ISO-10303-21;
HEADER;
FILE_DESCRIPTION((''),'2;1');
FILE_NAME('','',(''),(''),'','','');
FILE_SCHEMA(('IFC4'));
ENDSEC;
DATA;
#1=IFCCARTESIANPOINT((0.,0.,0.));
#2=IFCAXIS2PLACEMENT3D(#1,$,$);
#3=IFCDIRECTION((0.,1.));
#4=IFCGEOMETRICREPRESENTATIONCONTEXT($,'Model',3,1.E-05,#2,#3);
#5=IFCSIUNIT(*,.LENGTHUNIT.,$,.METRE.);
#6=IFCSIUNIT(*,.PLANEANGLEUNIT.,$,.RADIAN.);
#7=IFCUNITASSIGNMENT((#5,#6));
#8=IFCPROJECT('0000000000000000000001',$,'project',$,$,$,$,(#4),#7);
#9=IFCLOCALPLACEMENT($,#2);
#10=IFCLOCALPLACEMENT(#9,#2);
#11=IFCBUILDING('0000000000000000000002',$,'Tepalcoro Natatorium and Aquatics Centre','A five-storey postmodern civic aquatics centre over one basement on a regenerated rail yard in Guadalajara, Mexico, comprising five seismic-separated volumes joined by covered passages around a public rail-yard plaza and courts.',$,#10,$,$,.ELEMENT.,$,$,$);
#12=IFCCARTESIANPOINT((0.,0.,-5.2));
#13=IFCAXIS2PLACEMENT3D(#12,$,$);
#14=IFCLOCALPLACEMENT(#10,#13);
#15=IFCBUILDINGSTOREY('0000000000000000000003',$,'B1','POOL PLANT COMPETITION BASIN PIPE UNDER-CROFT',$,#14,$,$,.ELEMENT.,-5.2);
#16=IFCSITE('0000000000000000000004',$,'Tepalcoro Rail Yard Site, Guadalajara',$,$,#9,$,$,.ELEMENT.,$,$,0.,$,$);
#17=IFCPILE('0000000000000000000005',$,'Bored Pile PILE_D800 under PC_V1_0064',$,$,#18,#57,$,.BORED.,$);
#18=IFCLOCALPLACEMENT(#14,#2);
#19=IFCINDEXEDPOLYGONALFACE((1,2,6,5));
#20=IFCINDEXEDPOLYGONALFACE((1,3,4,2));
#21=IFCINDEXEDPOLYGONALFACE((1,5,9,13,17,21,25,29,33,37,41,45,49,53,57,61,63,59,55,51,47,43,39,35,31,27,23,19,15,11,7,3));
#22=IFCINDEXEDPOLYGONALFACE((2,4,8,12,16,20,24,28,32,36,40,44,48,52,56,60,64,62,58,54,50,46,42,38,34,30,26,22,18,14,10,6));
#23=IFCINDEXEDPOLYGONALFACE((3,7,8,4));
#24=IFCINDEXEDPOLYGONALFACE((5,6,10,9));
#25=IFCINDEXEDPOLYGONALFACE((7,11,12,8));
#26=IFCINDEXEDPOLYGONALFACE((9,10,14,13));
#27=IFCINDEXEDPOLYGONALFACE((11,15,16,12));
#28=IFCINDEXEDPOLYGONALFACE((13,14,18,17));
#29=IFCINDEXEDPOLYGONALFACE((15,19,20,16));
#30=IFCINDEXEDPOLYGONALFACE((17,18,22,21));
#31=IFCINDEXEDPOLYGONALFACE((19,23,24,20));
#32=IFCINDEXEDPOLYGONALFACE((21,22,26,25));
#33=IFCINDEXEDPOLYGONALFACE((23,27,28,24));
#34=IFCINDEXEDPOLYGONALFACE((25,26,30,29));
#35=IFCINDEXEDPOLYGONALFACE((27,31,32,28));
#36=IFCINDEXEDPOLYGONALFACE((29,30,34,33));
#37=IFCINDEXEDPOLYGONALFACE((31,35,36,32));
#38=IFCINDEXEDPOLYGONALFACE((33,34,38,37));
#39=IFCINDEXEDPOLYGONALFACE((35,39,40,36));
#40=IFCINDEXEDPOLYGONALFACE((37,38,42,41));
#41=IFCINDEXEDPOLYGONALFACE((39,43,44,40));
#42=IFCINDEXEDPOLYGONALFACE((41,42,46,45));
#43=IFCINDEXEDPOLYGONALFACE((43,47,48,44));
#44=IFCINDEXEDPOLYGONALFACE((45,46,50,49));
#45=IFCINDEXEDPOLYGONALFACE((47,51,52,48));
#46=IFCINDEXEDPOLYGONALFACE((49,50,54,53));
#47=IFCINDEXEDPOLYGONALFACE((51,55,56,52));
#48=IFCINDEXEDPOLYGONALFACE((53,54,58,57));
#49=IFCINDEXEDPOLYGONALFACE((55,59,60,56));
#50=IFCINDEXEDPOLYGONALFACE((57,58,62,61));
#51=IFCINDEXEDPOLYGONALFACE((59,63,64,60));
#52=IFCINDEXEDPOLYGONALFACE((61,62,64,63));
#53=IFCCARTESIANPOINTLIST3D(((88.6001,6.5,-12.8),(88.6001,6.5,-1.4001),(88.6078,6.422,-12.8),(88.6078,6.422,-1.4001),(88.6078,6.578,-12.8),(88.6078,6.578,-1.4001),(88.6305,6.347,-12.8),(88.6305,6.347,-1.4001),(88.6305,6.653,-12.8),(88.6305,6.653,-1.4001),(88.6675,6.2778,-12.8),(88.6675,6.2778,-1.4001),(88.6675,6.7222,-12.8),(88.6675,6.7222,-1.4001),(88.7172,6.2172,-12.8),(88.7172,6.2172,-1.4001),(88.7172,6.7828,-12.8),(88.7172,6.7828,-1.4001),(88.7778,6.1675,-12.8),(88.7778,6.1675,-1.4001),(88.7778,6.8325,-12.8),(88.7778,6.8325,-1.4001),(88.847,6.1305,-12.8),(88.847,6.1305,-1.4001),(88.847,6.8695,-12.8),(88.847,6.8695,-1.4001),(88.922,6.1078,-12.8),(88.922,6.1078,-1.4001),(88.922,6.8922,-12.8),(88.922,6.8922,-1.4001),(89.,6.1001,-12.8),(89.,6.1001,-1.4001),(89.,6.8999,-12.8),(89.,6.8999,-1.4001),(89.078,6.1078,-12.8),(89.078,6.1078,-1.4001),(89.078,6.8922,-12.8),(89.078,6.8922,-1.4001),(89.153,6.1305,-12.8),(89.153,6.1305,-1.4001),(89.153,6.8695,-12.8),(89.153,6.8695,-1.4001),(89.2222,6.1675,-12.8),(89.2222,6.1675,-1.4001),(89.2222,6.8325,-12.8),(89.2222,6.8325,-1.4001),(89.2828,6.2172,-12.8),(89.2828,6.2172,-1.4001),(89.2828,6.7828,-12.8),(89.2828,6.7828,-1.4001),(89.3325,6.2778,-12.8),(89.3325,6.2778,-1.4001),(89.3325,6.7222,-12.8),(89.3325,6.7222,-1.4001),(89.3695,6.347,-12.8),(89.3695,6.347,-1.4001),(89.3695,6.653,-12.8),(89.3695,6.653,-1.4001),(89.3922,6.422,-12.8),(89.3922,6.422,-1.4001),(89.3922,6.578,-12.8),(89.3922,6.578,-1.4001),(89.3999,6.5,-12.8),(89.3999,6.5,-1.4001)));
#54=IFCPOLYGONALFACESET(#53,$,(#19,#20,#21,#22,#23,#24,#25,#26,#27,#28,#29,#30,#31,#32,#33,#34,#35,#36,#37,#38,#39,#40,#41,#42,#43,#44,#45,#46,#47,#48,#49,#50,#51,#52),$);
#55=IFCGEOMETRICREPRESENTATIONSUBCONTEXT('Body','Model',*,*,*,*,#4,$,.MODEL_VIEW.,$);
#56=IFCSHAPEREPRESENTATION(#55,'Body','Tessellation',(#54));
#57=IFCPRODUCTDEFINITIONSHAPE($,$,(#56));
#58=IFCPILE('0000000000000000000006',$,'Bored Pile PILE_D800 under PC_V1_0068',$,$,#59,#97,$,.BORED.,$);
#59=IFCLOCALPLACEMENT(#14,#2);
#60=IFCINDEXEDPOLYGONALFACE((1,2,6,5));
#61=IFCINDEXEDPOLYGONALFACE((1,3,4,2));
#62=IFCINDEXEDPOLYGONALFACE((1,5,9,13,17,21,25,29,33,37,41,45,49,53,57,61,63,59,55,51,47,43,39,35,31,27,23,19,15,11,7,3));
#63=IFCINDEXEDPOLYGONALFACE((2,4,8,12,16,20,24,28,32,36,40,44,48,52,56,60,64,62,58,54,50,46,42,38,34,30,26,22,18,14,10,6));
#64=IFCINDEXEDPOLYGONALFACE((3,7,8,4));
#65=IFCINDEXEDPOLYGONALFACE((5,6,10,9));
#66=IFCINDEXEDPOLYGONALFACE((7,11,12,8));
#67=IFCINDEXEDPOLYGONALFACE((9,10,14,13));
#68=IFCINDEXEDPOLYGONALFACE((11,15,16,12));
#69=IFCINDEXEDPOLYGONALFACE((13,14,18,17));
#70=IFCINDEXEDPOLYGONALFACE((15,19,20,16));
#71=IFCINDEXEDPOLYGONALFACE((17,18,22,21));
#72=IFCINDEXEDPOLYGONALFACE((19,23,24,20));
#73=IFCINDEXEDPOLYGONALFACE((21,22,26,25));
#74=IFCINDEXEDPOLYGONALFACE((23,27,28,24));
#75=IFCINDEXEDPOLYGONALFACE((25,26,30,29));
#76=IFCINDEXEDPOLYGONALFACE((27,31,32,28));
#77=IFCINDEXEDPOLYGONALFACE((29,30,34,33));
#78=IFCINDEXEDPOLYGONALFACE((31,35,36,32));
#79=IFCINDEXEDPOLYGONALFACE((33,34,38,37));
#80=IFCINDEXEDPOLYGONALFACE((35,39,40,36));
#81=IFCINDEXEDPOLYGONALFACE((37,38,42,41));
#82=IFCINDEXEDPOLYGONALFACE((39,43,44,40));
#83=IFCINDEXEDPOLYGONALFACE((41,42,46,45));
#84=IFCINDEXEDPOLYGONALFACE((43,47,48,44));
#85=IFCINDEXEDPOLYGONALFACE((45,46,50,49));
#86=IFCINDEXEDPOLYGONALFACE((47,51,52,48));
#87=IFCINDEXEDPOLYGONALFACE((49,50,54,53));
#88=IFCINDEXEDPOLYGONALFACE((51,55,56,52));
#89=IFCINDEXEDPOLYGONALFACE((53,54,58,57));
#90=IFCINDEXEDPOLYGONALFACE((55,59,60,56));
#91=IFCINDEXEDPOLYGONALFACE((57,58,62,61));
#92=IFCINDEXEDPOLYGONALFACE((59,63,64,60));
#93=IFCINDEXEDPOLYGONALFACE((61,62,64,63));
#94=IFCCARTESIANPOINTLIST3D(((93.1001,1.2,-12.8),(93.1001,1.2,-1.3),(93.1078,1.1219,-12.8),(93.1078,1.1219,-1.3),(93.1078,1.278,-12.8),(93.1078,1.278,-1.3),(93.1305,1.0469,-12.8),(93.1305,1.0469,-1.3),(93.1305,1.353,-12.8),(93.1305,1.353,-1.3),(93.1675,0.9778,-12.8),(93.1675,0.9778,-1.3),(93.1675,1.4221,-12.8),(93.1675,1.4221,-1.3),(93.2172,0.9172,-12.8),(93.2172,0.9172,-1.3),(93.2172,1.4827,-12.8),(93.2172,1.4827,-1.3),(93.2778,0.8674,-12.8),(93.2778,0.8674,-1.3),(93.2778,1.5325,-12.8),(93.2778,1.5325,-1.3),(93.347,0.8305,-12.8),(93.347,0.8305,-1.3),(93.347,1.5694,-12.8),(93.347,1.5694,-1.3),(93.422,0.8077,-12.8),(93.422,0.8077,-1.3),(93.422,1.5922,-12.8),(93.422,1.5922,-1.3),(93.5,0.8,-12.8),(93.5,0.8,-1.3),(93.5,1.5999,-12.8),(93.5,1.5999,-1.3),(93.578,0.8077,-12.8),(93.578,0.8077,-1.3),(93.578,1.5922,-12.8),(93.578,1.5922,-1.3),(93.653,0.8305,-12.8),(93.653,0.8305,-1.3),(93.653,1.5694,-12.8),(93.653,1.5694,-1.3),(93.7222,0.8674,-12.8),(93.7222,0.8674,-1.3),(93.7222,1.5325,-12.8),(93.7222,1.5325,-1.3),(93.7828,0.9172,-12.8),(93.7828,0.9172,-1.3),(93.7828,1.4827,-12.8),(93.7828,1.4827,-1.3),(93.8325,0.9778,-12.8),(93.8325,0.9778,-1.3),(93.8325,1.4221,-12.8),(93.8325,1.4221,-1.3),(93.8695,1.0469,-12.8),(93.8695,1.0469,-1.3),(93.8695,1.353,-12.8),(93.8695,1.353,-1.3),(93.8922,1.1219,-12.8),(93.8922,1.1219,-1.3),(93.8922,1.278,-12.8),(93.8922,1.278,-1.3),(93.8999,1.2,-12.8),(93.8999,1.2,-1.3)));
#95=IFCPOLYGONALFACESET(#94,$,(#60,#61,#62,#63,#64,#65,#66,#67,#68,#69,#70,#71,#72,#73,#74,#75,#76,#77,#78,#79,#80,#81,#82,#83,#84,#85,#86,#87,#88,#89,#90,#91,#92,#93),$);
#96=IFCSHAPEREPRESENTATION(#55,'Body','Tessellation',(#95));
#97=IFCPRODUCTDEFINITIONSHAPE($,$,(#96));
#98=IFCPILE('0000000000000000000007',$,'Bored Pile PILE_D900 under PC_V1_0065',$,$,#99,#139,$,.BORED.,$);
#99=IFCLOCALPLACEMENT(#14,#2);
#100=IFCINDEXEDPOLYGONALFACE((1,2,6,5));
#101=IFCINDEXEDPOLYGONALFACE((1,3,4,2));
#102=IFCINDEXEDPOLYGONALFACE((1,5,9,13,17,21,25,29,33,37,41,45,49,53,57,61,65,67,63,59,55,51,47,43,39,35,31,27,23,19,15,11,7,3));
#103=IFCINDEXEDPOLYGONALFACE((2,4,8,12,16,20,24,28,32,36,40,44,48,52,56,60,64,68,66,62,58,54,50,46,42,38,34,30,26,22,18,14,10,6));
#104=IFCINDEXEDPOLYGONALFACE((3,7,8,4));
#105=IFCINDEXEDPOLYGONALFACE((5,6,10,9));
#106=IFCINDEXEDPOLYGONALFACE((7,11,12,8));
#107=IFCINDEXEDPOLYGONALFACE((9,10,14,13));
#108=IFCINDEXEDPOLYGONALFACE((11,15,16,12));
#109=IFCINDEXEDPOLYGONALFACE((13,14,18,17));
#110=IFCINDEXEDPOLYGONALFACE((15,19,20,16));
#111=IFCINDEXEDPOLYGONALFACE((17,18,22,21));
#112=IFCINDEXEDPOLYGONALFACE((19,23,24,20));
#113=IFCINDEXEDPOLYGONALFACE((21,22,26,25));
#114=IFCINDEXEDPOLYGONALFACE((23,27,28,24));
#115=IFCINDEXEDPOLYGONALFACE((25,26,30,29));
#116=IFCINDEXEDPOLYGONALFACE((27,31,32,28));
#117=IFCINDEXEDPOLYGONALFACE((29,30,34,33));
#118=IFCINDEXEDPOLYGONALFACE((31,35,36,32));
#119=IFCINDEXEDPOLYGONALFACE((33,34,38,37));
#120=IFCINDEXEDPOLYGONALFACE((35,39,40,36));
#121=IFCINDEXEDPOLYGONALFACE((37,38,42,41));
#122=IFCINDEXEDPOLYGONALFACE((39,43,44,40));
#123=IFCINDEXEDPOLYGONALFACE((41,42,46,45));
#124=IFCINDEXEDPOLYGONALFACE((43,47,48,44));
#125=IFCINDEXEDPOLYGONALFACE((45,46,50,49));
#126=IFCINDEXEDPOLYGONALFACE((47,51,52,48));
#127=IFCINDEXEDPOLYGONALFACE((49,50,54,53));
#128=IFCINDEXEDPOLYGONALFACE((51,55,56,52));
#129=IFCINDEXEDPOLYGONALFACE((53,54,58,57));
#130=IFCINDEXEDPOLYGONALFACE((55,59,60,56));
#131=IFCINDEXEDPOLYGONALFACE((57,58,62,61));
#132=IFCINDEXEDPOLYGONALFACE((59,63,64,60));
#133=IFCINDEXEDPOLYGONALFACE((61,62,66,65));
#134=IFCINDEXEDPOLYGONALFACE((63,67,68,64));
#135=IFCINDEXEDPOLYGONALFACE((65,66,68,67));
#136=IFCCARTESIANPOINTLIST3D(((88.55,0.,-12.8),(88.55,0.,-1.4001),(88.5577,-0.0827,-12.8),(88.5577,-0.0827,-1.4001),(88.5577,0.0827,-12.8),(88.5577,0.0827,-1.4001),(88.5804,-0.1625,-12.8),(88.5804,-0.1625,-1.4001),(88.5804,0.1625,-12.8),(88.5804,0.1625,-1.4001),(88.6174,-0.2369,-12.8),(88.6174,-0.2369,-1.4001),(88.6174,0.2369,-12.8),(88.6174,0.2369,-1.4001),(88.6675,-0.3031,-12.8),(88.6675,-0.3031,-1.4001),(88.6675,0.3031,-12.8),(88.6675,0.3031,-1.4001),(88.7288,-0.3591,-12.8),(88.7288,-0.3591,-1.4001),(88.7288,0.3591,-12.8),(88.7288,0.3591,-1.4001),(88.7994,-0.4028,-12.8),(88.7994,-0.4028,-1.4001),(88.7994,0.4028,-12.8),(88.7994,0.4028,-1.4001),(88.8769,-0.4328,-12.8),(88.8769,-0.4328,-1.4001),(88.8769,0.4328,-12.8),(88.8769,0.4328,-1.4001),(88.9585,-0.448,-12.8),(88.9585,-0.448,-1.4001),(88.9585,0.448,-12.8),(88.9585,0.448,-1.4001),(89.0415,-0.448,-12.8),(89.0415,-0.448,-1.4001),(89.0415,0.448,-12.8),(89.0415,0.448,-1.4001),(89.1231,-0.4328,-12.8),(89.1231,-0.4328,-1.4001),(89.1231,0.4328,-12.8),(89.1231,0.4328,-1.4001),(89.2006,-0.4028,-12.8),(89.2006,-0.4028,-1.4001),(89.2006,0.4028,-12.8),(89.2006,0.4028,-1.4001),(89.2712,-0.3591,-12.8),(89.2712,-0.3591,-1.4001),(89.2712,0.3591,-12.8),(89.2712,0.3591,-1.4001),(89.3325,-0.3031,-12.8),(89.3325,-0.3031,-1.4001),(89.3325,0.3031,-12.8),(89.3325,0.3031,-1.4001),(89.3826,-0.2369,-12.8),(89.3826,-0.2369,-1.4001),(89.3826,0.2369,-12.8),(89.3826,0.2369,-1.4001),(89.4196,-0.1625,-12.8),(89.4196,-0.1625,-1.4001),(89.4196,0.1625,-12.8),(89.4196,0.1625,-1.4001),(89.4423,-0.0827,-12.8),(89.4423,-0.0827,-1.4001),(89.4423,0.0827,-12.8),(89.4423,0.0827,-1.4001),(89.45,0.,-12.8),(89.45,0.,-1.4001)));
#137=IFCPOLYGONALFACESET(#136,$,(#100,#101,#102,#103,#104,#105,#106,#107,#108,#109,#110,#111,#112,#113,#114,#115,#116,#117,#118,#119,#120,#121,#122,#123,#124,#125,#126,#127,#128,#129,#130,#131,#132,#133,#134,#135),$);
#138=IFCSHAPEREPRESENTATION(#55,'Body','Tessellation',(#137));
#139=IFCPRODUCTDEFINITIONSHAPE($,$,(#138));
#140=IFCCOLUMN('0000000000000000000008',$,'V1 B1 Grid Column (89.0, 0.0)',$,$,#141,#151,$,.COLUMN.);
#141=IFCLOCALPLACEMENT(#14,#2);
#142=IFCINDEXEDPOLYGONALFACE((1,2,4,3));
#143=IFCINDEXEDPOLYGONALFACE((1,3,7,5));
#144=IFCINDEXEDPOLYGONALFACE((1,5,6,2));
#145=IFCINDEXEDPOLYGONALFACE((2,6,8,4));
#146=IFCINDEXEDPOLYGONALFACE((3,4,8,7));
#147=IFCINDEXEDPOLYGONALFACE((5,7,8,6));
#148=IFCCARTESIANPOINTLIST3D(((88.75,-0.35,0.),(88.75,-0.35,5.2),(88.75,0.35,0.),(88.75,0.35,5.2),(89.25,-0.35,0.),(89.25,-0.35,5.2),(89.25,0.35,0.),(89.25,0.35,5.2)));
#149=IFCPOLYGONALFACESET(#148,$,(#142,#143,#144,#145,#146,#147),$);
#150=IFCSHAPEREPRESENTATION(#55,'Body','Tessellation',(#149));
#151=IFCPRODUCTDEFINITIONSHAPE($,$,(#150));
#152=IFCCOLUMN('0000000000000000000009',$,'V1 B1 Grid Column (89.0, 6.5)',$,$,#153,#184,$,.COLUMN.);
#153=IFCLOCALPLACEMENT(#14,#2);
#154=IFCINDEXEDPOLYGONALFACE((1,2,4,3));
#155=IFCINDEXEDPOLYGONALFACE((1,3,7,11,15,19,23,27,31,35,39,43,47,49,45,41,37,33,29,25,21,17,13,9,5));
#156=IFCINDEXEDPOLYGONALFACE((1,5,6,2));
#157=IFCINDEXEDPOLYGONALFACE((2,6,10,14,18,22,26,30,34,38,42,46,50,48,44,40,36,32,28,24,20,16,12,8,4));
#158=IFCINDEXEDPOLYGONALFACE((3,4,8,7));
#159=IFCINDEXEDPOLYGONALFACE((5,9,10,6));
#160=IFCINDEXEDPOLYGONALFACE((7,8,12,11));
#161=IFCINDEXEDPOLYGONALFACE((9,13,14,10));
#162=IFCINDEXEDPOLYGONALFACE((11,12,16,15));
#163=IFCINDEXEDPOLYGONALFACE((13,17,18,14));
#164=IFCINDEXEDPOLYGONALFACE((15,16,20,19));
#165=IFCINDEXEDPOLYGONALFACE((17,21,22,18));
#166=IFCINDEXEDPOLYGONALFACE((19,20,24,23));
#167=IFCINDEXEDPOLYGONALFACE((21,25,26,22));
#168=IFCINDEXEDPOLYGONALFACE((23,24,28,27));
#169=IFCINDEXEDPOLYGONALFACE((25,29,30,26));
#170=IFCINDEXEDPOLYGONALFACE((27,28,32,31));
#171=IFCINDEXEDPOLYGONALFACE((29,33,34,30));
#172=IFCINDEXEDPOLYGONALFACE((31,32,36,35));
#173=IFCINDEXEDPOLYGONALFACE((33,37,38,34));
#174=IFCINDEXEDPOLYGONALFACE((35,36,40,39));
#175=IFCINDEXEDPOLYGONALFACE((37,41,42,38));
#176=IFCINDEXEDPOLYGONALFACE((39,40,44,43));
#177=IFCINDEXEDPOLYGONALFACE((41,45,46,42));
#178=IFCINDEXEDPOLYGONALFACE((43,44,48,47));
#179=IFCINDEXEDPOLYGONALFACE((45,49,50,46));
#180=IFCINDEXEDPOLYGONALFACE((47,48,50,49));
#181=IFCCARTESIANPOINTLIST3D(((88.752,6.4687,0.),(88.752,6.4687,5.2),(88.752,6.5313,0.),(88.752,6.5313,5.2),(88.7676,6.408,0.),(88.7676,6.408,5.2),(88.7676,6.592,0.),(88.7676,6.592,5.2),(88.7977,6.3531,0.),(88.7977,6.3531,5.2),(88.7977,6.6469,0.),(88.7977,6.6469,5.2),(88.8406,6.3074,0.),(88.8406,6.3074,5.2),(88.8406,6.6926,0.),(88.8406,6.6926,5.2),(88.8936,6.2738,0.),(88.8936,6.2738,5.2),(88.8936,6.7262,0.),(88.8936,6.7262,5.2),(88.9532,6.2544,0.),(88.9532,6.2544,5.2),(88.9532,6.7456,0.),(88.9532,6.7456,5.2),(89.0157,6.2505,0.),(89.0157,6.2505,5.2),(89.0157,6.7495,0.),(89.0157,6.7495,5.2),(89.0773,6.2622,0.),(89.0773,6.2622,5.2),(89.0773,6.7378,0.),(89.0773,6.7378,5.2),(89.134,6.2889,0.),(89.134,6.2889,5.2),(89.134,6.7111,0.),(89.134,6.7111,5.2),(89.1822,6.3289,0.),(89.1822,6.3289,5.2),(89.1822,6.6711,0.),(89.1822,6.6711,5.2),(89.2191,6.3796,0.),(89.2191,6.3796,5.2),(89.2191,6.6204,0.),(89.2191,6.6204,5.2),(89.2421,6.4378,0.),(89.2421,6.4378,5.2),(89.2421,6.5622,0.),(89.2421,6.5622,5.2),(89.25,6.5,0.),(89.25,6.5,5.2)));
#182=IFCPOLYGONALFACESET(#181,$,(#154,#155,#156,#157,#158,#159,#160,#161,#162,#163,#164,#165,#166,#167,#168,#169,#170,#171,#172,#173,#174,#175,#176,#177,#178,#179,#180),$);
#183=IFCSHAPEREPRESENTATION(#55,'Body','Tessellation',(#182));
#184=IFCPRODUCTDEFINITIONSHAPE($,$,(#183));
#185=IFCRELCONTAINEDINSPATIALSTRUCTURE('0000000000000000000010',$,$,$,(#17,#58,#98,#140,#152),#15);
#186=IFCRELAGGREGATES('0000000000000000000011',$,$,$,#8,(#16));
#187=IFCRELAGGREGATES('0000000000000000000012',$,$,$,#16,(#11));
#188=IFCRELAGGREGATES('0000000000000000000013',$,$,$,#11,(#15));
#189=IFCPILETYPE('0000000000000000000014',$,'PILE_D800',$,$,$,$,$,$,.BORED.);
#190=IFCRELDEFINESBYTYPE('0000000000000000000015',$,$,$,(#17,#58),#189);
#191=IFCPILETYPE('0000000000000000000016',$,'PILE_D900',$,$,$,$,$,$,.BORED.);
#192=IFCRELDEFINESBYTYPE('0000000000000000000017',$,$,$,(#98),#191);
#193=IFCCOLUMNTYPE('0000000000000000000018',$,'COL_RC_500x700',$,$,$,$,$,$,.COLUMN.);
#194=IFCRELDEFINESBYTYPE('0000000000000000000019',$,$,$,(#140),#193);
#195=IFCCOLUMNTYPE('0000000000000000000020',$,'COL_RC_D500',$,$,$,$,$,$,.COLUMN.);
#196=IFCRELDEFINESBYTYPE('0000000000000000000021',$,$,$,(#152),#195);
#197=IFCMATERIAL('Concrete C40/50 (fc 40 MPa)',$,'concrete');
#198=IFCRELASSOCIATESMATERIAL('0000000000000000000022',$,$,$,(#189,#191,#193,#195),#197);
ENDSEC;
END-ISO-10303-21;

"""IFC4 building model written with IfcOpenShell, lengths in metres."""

from ifc_helpers import new_model, si_unit, direction, frame, origin, origin_2d, place, context, subcontext, project, spatial, rectangle, circle, extrude, material, material_profile, profile_set, type_object, element, save


model = new_model("IFC4")

# Units and contexts
model_context = context("Model", 3, precision=1e-05, world=origin(), true_north=direction((0.0, 1.0)))
body_context = subcontext(model_context, "Body", "Model", "MODEL_VIEW")
ifc_project = project(units=[si_unit("LENGTHUNIT", "METRE"), si_unit("PLANEANGLEUNIT", "RADIAN")], contexts=[model_context])

# Site, building, storey
site_placement = place(None, origin())
site = spatial("IfcSite", under=ifc_project, at=site_placement, Name="Tepalcoro Rail Yard Site, Guadalajara", CompositionType="ELEMENT", RefElevation=0.0)
building_placement = place(site_placement, origin())
building = spatial("IfcBuilding", under=site, at=building_placement, Name="Tepalcoro Natatorium and Aquatics Centre", Description="A five-storey postmodern civic aquatics centre over one basement on a regenerated rail yard in Guadalajara, Mexico, comprising five seismic-separated volumes joined by covered passages around a public rail-yard plaza and courts.", CompositionType="ELEMENT")
storey_placement = place(building_placement, frame((0.0, 0.0, -5.2)))
storey = spatial("IfcBuildingStorey", under=building, at=storey_placement, Name="B1", Description="POOL PLANT COMPETITION BASIN PIPE UNDER-CROFT", CompositionType="ELEMENT", Elevation=-5.2)

# Piles
ifc_material_1 = material(Name="Concrete C40/50 (fc 40 MPa)", Category="concrete")
ifc_material_profile_1 = material_profile(ifc_material_1, circle(Radius=0.3999, at=origin_2d()), Name="PILE_D800")
ifc_profile_set_1 = profile_set([ifc_material_profile_1], Name="Concrete C40/50 (fc 40 MPa)")
pile_type_1 = type_object("IfcPileType", Name="PILE_D800", PredefinedType="BORED", material=ifc_profile_set_1)
pile_1_placement = place(storey_placement, frame((89.0, 6.5, -1.4001), z_axis=(0.0, 0.0, -1.0), x_axis=(1.0, 0.0, 0.0)))
element("IfcPile", 1, at=pile_1_placement, inside=storey, type_object=pile_type_1, Name="Bored Pile PILE_D800 under PC_V1_0064", PredefinedType="BORED", context=body_context, shape_type="SweptSolid", body=[
    extrude(circle(Radius=0.3999, at=origin_2d()), origin(), (0.0, 0.0, 1.0), 11.3999),
])
pile_2_placement = place(storey_placement, frame((93.5, 1.2, -1.3), z_axis=(0.0, 0.0, -1.0), x_axis=(1.0, 0.0, 0.0)))
element("IfcPile", 2, at=pile_2_placement, inside=storey, type_object=pile_type_1, Name="Bored Pile PILE_D800 under PC_V1_0068", PredefinedType="BORED", context=body_context, shape_type="SweptSolid", body=[
    extrude(circle(Radius=0.3999, at=origin_2d()), origin(), (0.0, 0.0, 1.0), 11.5),
])
ifc_material_profile_2 = material_profile(ifc_material_1, circle(Radius=0.45, at=origin_2d()), Name="PILE_D900")
ifc_profile_set_2 = profile_set([ifc_material_profile_2], Name="Concrete C40/50 (fc 40 MPa)")
pile_type_2 = type_object("IfcPileType", Name="PILE_D900", PredefinedType="BORED", material=ifc_profile_set_2)
pile_3_placement = place(storey_placement, frame((89.0, 0.0, -1.4001), z_axis=(0.0, 0.0, -1.0), x_axis=(1.0, 0.0, 0.0)))
element("IfcPile", 3, at=pile_3_placement, inside=storey, type_object=pile_type_2, Name="Bored Pile PILE_D900 under PC_V1_0065", PredefinedType="BORED", context=body_context, shape_type="SweptSolid", body=[
    extrude(circle(Radius=0.45, at=origin_2d()), origin(), (0.0, 0.0, 1.0), 11.3999),
])

# Columns
ifc_material_profile_3 = material_profile(ifc_material_1, rectangle(XDim=0.5, YDim=0.7, at=origin_2d()), Name="RC500x700")
ifc_profile_set_3 = profile_set([ifc_material_profile_3], Name="Concrete C40/50 (fc 40 MPa)")
column_type_1 = type_object("IfcColumnType", Name="COL_RC_500x700", PredefinedType="COLUMN", material=ifc_profile_set_3)
column_1_placement = place(storey_placement, frame((89.0, 0.0, 0.0), z_axis=(0.0, 0.0, 1.0), x_axis=(1.0, 0.0, 0.0)))
element("IfcColumn", 4, at=column_1_placement, inside=storey, type_object=column_type_1, Name="V1 B1 Grid Column (89.0, 0.0)", PredefinedType="COLUMN", context=body_context, shape_type="SweptSolid", body=[
    extrude(rectangle(XDim=0.5, YDim=0.7, at=origin_2d()), origin(), (0.0, 0.0, 1.0), 5.2),
])
ifc_material_profile_4 = material_profile(ifc_material_1, circle(Radius=0.25, at=origin_2d()), Name="RCD500")
ifc_profile_set_4 = profile_set([ifc_material_profile_4], Name="Concrete C40/50 (fc 40 MPa)")
column_type_2 = type_object("IfcColumnType", Name="COL_RC_D500", PredefinedType="COLUMN", material=ifc_profile_set_4)
column_2_placement = place(storey_placement, frame((89.0, 6.5, 0.0), z_axis=(0.0, 0.0, 1.0), x_axis=(1.0, 0.0, 0.0)))
element("IfcColumn", 5, at=column_2_placement, inside=storey, type_object=column_type_2, Name="V1 B1 Grid Column (89.0, 6.5)", PredefinedType="COLUMN", context=body_context, shape_type="SweptSolid", body=[
    extrude(circle(Radius=0.25, at=origin_2d()), origin(), (0.0, 0.0, 1.0), 5.2),
])

save(model, "model.ifc")
